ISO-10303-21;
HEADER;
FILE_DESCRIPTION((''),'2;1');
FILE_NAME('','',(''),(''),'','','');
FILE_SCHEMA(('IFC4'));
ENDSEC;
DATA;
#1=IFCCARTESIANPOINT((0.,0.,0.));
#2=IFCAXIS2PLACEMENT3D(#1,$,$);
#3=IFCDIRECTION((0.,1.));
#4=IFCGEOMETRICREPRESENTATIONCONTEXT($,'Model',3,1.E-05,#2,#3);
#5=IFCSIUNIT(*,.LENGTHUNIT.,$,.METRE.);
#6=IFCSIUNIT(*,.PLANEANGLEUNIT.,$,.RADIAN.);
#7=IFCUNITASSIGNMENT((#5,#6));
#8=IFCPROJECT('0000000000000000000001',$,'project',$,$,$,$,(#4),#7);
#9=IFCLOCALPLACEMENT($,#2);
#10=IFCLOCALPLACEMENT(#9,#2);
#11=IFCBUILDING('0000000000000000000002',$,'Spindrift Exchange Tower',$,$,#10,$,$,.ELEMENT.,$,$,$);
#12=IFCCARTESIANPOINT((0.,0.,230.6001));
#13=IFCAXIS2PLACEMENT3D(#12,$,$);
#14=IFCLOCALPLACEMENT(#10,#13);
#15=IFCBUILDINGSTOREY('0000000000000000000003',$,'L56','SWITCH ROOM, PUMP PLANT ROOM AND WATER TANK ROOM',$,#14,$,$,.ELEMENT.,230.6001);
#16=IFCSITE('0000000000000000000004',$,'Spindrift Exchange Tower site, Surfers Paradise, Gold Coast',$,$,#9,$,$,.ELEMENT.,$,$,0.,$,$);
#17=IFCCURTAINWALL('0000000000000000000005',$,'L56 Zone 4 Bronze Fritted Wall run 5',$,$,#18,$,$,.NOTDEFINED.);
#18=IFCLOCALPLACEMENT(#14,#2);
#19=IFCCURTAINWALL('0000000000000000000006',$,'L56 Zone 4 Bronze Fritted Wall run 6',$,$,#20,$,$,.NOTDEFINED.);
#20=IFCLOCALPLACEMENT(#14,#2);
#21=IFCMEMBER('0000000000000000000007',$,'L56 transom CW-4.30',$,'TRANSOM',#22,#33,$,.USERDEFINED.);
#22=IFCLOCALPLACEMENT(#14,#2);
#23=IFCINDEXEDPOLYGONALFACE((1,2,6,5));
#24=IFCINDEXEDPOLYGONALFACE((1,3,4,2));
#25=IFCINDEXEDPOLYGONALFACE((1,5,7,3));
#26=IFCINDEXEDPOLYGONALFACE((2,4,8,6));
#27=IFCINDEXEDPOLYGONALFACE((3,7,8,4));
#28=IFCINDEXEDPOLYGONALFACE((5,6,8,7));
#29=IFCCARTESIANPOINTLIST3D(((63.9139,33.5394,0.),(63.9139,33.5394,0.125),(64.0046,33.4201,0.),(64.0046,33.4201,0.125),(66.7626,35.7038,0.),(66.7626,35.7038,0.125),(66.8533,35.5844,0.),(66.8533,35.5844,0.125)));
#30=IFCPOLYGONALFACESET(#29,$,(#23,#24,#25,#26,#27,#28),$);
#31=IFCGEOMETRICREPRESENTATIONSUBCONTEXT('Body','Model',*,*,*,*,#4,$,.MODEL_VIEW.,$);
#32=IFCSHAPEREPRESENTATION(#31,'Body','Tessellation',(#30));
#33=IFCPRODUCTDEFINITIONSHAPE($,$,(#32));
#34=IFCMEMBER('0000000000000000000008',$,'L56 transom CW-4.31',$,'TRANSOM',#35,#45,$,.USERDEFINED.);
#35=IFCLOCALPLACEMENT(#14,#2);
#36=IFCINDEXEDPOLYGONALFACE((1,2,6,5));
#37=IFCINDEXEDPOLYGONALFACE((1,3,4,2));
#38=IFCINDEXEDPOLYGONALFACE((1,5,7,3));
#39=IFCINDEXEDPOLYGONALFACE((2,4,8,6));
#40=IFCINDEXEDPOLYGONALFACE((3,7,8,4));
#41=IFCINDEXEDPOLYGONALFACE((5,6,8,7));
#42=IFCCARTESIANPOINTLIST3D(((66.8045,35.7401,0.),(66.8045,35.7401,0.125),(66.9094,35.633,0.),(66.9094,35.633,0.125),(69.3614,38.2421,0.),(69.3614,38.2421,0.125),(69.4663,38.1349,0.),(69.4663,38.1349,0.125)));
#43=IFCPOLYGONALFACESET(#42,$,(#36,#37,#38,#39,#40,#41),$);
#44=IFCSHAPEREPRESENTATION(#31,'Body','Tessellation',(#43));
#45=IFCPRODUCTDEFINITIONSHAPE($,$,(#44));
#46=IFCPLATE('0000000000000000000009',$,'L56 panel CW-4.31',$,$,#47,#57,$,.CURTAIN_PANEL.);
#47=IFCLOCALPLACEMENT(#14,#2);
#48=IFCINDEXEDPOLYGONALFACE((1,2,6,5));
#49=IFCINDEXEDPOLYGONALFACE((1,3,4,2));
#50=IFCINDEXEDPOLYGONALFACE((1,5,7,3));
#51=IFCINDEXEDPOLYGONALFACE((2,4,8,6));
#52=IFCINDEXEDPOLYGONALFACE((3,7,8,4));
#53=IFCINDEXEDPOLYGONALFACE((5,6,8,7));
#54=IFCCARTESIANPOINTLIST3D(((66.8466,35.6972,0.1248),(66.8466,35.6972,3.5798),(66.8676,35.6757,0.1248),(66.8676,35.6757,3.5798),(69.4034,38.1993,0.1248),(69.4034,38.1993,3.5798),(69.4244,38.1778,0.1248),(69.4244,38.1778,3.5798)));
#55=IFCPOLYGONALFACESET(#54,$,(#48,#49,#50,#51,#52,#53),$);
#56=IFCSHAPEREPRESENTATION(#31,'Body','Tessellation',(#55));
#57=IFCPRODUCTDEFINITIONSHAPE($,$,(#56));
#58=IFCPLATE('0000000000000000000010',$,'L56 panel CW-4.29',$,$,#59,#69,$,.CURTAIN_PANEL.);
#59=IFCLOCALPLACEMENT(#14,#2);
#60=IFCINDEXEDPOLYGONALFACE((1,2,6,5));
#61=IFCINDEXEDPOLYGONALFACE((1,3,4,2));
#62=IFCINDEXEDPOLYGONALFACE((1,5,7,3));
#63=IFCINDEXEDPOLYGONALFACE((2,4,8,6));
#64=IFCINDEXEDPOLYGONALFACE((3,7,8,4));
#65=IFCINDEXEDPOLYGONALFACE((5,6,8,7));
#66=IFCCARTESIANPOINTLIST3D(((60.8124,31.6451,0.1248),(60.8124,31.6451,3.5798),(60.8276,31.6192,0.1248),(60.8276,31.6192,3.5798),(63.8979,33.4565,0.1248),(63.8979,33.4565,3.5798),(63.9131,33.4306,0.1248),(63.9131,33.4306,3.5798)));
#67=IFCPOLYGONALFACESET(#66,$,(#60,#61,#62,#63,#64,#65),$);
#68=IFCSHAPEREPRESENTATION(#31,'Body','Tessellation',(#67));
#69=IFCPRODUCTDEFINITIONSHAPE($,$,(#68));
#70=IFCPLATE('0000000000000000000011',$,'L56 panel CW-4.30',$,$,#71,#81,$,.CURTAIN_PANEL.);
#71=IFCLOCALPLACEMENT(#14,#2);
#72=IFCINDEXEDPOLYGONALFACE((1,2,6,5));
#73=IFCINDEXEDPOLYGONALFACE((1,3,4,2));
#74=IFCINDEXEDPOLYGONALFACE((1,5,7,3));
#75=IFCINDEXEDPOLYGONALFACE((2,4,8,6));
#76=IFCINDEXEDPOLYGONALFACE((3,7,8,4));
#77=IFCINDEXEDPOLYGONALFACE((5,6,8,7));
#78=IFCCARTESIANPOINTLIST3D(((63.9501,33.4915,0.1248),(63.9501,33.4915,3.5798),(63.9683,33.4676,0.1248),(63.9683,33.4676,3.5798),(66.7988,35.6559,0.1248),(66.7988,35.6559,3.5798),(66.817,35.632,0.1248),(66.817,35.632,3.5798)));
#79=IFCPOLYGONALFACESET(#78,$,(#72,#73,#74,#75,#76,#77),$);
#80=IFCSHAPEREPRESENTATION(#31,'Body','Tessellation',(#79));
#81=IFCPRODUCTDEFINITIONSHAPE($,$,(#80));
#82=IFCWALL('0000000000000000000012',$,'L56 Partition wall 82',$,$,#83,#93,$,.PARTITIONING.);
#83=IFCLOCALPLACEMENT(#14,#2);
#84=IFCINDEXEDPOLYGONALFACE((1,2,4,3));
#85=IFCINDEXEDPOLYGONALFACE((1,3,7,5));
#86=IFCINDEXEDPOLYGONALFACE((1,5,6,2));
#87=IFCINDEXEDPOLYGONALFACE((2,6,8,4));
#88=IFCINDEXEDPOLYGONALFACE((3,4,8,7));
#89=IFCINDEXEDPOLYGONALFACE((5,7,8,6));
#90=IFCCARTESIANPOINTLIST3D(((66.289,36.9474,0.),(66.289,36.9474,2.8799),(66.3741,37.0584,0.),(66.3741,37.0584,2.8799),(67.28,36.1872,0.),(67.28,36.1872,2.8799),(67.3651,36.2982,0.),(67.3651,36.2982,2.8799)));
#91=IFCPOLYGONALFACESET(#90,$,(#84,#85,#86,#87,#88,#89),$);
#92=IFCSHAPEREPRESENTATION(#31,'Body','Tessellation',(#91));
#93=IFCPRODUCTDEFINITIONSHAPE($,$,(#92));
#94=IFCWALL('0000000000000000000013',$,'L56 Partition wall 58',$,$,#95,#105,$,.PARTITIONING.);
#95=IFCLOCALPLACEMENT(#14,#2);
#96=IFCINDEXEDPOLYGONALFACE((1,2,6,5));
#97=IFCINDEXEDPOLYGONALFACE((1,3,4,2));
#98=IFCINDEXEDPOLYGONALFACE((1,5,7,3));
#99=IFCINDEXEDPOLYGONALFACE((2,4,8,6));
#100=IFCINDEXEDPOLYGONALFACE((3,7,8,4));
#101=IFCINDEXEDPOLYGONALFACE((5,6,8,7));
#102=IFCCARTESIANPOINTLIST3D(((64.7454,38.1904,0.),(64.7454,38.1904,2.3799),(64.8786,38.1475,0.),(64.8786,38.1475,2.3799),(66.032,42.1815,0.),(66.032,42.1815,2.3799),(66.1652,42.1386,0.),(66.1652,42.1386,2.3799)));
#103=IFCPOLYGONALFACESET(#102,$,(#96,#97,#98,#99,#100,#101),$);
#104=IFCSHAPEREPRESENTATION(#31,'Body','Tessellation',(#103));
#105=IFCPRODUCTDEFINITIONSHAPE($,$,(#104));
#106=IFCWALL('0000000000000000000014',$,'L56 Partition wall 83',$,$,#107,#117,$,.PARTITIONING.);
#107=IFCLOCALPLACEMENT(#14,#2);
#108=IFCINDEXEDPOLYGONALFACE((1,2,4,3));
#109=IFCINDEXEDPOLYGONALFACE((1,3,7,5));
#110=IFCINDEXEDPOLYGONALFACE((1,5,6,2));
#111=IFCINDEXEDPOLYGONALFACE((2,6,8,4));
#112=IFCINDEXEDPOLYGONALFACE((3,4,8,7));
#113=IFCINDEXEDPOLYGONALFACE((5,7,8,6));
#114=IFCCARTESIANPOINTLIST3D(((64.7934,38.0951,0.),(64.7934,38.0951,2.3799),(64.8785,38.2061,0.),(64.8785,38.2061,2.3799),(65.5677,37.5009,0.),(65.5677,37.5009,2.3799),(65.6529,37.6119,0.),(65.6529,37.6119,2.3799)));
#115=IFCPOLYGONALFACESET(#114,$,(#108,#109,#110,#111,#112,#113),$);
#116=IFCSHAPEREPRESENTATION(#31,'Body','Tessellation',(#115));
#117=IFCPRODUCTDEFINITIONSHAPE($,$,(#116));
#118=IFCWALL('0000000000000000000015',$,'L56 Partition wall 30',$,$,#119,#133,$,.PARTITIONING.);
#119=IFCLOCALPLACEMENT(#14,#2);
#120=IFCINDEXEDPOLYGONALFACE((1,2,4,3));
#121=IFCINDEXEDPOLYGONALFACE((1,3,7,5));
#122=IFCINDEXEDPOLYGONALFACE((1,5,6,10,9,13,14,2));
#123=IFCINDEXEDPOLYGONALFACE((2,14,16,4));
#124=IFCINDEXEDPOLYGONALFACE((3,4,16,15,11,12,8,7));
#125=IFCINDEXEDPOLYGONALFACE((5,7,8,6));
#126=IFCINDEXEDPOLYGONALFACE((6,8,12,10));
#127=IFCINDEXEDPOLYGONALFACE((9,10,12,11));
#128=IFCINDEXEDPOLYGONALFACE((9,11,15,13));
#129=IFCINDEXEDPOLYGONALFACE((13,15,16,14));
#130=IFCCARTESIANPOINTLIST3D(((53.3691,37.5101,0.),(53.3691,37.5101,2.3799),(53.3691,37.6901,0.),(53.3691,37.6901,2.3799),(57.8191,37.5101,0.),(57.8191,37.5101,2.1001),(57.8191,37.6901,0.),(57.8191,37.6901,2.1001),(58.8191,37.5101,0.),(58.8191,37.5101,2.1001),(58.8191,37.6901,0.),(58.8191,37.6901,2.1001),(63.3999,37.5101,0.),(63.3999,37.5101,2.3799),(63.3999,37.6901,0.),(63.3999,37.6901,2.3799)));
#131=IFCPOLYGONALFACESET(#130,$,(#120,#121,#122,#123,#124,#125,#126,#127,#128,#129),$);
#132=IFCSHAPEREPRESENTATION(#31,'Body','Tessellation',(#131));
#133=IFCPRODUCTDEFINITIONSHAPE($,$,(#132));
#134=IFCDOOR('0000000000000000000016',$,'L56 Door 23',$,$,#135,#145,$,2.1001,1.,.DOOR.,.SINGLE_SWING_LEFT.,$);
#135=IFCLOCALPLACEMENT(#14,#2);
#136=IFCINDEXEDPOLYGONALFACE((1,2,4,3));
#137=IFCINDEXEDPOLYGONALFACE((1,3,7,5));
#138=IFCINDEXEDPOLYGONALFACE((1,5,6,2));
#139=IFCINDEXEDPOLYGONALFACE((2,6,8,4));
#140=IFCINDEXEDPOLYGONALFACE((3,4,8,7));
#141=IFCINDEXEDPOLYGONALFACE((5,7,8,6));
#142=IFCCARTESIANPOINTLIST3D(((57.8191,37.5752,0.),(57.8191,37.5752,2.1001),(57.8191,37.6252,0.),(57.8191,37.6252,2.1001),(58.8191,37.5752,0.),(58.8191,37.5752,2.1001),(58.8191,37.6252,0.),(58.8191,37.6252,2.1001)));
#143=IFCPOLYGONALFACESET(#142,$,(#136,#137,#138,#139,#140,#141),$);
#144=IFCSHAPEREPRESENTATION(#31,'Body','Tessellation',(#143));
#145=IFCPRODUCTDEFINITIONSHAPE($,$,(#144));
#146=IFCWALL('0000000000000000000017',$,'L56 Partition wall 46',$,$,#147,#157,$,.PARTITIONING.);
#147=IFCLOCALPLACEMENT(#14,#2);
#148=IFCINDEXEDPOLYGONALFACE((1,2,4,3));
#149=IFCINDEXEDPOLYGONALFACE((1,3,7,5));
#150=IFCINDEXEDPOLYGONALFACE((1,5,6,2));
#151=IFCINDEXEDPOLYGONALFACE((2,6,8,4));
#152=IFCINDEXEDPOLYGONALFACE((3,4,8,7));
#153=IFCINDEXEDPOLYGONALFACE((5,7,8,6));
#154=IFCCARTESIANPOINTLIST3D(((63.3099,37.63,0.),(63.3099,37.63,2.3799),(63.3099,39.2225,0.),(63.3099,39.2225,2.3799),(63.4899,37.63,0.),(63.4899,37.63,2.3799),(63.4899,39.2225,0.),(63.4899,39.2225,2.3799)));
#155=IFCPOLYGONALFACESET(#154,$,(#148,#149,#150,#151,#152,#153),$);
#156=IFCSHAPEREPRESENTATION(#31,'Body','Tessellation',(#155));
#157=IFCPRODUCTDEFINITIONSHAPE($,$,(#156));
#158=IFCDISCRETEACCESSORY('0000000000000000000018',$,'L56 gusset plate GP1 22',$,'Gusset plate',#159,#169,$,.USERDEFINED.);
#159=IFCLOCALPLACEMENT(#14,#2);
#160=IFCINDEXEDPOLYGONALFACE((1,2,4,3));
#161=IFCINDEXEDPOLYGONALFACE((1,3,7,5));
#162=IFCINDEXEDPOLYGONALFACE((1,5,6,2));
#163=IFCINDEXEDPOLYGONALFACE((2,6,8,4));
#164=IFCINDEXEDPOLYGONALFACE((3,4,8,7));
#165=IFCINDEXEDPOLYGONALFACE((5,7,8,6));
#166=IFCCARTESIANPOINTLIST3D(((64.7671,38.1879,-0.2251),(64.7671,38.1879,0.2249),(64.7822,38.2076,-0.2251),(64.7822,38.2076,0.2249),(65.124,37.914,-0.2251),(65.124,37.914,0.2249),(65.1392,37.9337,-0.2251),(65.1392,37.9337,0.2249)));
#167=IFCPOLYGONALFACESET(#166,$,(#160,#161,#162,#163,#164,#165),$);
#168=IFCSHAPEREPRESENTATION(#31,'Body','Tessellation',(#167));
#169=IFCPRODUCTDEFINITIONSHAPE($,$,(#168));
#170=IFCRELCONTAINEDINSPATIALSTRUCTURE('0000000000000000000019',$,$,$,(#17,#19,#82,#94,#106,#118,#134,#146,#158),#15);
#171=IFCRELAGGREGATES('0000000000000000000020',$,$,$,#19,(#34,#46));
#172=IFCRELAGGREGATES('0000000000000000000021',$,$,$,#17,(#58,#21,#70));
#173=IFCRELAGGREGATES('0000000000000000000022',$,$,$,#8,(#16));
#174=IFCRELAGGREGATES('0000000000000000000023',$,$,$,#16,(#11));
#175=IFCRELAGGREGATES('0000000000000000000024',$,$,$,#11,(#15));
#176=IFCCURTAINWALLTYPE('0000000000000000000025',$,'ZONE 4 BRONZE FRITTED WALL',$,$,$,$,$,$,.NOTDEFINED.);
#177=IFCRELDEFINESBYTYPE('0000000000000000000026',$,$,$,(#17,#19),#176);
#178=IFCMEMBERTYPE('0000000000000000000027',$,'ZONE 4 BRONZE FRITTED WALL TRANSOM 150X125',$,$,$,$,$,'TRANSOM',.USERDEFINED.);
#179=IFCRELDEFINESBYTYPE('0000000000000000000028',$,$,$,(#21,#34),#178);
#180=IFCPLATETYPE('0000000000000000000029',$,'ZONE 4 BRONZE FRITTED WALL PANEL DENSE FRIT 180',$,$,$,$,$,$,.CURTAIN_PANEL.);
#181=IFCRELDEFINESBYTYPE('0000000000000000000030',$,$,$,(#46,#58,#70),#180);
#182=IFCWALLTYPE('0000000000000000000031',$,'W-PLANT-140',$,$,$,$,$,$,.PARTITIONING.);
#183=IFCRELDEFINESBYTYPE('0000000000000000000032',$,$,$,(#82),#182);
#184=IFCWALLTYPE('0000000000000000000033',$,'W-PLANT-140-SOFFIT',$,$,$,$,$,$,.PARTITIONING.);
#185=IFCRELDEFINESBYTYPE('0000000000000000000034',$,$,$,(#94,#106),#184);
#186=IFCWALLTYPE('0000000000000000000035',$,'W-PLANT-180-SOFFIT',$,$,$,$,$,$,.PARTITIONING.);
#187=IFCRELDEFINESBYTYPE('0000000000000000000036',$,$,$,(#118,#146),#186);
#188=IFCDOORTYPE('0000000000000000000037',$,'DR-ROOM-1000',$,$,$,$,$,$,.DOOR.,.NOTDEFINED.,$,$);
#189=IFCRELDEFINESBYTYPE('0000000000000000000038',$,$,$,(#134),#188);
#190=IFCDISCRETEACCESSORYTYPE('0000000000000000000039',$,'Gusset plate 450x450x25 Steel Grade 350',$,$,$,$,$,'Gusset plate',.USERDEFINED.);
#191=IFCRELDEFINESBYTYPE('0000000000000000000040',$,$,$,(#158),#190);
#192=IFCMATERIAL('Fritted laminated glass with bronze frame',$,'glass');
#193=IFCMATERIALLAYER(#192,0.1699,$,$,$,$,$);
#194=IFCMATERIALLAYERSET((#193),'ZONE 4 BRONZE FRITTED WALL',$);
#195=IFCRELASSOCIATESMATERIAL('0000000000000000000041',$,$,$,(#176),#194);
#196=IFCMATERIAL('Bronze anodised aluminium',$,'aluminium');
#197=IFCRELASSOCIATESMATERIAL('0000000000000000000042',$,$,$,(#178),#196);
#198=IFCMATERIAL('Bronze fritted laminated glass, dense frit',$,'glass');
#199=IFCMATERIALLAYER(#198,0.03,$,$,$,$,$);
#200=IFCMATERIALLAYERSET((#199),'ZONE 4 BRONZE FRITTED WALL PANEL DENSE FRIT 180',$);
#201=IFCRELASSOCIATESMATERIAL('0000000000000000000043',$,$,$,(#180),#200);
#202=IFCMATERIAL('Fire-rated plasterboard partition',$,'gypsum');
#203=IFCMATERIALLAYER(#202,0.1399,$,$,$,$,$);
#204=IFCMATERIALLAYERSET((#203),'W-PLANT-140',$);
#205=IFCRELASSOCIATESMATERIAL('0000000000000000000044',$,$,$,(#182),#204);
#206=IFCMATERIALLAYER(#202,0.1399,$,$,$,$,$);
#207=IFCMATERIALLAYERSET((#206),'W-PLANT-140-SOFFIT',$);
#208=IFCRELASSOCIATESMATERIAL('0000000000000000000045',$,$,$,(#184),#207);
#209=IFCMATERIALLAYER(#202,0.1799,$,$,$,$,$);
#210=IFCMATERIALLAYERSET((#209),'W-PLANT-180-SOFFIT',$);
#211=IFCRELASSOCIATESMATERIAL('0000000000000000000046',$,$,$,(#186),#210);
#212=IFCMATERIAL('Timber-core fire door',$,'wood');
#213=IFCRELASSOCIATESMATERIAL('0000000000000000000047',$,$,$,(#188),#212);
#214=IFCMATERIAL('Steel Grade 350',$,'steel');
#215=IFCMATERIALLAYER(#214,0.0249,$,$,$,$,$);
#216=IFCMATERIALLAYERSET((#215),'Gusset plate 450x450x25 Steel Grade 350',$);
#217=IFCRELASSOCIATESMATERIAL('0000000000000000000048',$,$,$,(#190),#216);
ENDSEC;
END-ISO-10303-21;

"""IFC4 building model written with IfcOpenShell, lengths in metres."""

from ifc_helpers import new_model, si_unit, direction, frame, frame_2d, origin, origin_2d, place, context, subcontext, project, spatial, rectangle, extrude, source, transform, mapped, material, layer, layer_set, material_profile, profile_set, type_object, element, fill, aggregate, save


model = new_model("IFC4")

# Units and contexts
model_context = context("Model", 3, precision=1e-05, world=origin(), true_north=direction((0.0, 1.0)))
body_context = subcontext(model_context, "Body", "Model", "MODEL_VIEW")
ifc_project = project(units=[si_unit("LENGTHUNIT", "METRE"), si_unit("PLANEANGLEUNIT", "RADIAN")], contexts=[model_context])

# Site, building, storey
site_placement = place(None, origin())
site = spatial("IfcSite", under=ifc_project, at=site_placement, Name="Spindrift Exchange Tower site, Surfers Paradise, Gold Coast", CompositionType="ELEMENT", RefElevation=0.0)
building_placement = place(site_placement, origin())
building = spatial("IfcBuilding", under=site, at=building_placement, Name="Spindrift Exchange Tower", CompositionType="ELEMENT")
storey_placement = place(building_placement, frame((0.0, 0.0, 230.6001)))
storey = spatial("IfcBuildingStorey", under=building, at=storey_placement, Name="L56", Description="SWITCH ROOM, PUMP PLANT ROOM AND WATER TANK ROOM", CompositionType="ELEMENT", Elevation=230.6001)

# Shared definitions
ifc_material_1 = material(Name="Steel Grade 350", Category="steel")

# Curtain walls
ifc_material_2 = material(Name="Fritted laminated glass with bronze frame", Category="glass")
ifc_layer_1 = layer(ifc_material_2, 0.1699)
ifc_layer_set_1 = layer_set([ifc_layer_1], Name="ZONE 4 BRONZE FRITTED WALL")
curtain_wall_type = type_object("IfcCurtainWallType", Name="ZONE 4 BRONZE FRITTED WALL", PredefinedType="NOTDEFINED", material=ifc_layer_set_1)
curtain_wall_1_placement = place(storey_placement, origin())
curtain_wall_1 = element("IfcCurtainWall", 1, at=curtain_wall_1_placement, inside=storey, type_object=curtain_wall_type, Name="L56 Zone 4 Bronze Fritted Wall run 5", PredefinedType="NOTDEFINED")
ifc_material_3 = material(Name="Bronze anodised aluminium", Category="aluminium")
curtain_wall_2_placement = place(storey_placement, origin())
curtain_wall_2 = element("IfcCurtainWall", 2, at=curtain_wall_2_placement, inside=storey, type_object=curtain_wall_type, Name="L56 Zone 4 Bronze Fritted Wall run 6", PredefinedType="NOTDEFINED")

# Members
ifc_material_profile_1 = material_profile(ifc_material_3, rectangle(XDim=0.1499, YDim=0.125, at=origin_2d()), Name="ZONE 4 BRONZE FRITTED WALL TRANSOM 150X125")
ifc_profile_set_1 = profile_set([ifc_material_profile_1], Name="Bronze anodised aluminium")
member_type_1 = type_object("IfcMemberType", Name="ZONE 4 BRONZE FRITTED WALL TRANSOM 150X125", ElementType="TRANSOM", PredefinedType="USERDEFINED", material=ifc_profile_set_1)
shared_shape_1 = source(origin(), body_context, "Body", "SweptSolid", [
    extrude(rectangle(XDim=0.1499, YDim=0.125, at=origin_2d()), origin(), (0.0, 0.0, 1.0), 3.5776),
])
member_1_placement = place(storey_placement, frame((63.9592, 33.4797, 0.0625), z_axis=(0.79625, 0.604967, 0.0), x_axis=(-0.604967, 0.79625, 0.0)))
member_1 = element("IfcMember", 3, at=member_1_placement, type_object=member_type_1, Name="L56 transom CW-4.30", ObjectType="TRANSOM", PredefinedType="USERDEFINED", context=body_context, shape_type="MappedRepresentation", body=[
    mapped(shared_shape_1, transform((0.0, 0.0, 0.0), scale=1.0)),
])
shared_shape_2 = source(origin(), body_context, "Body", "SweptSolid", [
    extrude(rectangle(XDim=0.1499, YDim=0.125, at=origin_2d()), origin(), (0.0, 0.0, 1.0), 3.5774),
])
member_2_placement = place(storey_placement, frame((66.8569, 35.6865, 0.0625), z_axis=(0.714743, 0.699387, 0.0), x_axis=(-0.699387, 0.714743, 0.0)))
member_2 = element("IfcMember", 4, at=member_2_placement, type_object=member_type_1, Name="L56 transom CW-4.31", ObjectType="TRANSOM", PredefinedType="USERDEFINED", context=body_context, shape_type="MappedRepresentation", body=[
    mapped(shared_shape_2, transform((0.0, 0.0, 0.0), scale=1.0)),
])

# Plates
ifc_material_4 = material(Name="Bronze fritted laminated glass, dense frit", Category="glass")
ifc_layer_2 = layer(ifc_material_4, 0.03)
ifc_layer_set_2 = layer_set([ifc_layer_2], Name="ZONE 4 BRONZE FRITTED WALL PANEL DENSE FRIT 180")
plate_type = type_object("IfcPlateType", Name="ZONE 4 BRONZE FRITTED WALL PANEL DENSE FRIT 180", PredefinedType="CURTAIN_PANEL", material=ifc_layer_set_2)
shared_shape_3 = source(origin(), body_context, "Body", "SweptSolid", [
    extrude(rectangle(XDim=3.5774, YDim=0.03, at=origin_2d()), origin(), (0.0, 0.0, 1.0), 3.4551),
])
plate_1_placement = place(storey_placement, frame((68.1355, 36.9375, 0.1248), z_axis=(0.0, 0.0, 1.0), x_axis=(0.714699, 0.699433, 0.0)))
plate_1 = element("IfcPlate", 5, at=plate_1_placement, type_object=plate_type, Name="L56 panel CW-4.31", PredefinedType="CURTAIN_PANEL", context=body_context, shape_type="MappedRepresentation", body=[
    mapped(shared_shape_3, transform((0.0, 0.0, 0.0), scale=1.0)),
])
aggregate(curtain_wall_2, [member_2, plate_1])
shared_shape_4 = source(origin(), body_context, "Body", "SweptSolid", [
    extrude(rectangle(XDim=3.5779, YDim=0.03, at=origin_2d()), origin(), (0.0, 0.0, 1.0), 3.4551),
])
plate_2_placement = place(storey_placement, frame((62.3628, 32.5378, 0.1248), z_axis=(0.0, 0.0, 1.0), x_axis=(0.862383, 0.506257, 0.0)))
plate_2 = element("IfcPlate", 6, at=plate_2_placement, type_object=plate_type, Name="L56 panel CW-4.29", PredefinedType="CURTAIN_PANEL", context=body_context, shape_type="MappedRepresentation", body=[
    mapped(shared_shape_4, transform((0.0, 0.0, 0.0), scale=1.0)),
])
shared_shape_5 = source(origin(), body_context, "Body", "SweptSolid", [
    extrude(rectangle(XDim=3.5776, YDim=0.03, at=origin_2d()), origin(), (0.0, 0.0, 1.0), 3.4551),
])
plate_3_placement = place(storey_placement, frame((65.3835, 34.5618, 0.1248), z_axis=(0.0, 0.0, 1.0), x_axis=(0.796242, 0.604979, 0.0)))
plate_3 = element("IfcPlate", 7, at=plate_3_placement, type_object=plate_type, Name="L56 panel CW-4.30", PredefinedType="CURTAIN_PANEL", context=body_context, shape_type="MappedRepresentation", body=[
    mapped(shared_shape_5, transform((0.0, 0.0, 0.0), scale=1.0)),
])
aggregate(curtain_wall_1, [plate_2, member_1, plate_3])

# Walls
ifc_material_5 = material(Name="Fire-rated plasterboard partition", Category="gypsum")
ifc_layer_3 = layer(ifc_material_5, 0.1399)
ifc_layer_set_3 = layer_set([ifc_layer_3], Name="W-PLANT-140")
wall_type_1 = type_object("IfcWallType", Name="W-PLANT-140", PredefinedType="PARTITIONING", material=ifc_layer_set_3)
wall_1_placement = place(storey_placement, frame((66.3315, 37.0029, 0.0), z_axis=(0.0, 0.0, 1.0), x_axis=(0.793408, -0.60869, 0.0)))
element("IfcWall", 8, at=wall_1_placement, inside=storey, type_object=wall_type_1, Name="L56 Partition wall 82", PredefinedType="PARTITIONING", context=body_context, shape_type="SweptSolid", body=[
    extrude(rectangle(XDim=1.249, YDim=0.1399, at=frame_2d((0.6245, 0.0))), origin(), (0.0, 0.0, 1.0), 2.8799),
])
ifc_layer_4 = layer(ifc_material_5, 0.1399)
ifc_layer_set_4 = layer_set([ifc_layer_4], Name="W-PLANT-140-SOFFIT")
wall_type_2 = type_object("IfcWallType", Name="W-PLANT-140-SOFFIT", PredefinedType="PARTITIONING", material=ifc_layer_set_4)
wall_2_placement = place(storey_placement, frame((64.812, 38.1689, 0.0), z_axis=(0.0, 0.0, 1.0), x_axis=(0.306816, 0.951769, 0.0)))
element("IfcWall", 9, at=wall_2_placement, inside=storey, type_object=wall_type_2, Name="L56 Partition wall 58", PredefinedType="PARTITIONING", context=body_context, shape_type="SweptSolid", body=[
    extrude(rectangle(XDim=4.1934, YDim=0.1399, at=frame_2d((2.0967, 0.0))), origin(), (0.0, 0.0, 1.0), 2.3799),
])
wall_3_placement = place(storey_placement, frame((64.8359, 38.1506, 0.0), z_axis=(0.0, 0.0, 1.0), x_axis=(0.793349, -0.608768, 0.0)))
element("IfcWall", 10, at=wall_3_placement, inside=storey, type_object=wall_type_2, Name="L56 Partition wall 83", PredefinedType="PARTITIONING", context=body_context, shape_type="SweptSolid", body=[
    extrude(rectangle(XDim=0.9761, YDim=0.1399, at=frame_2d((0.488, 0.0))), origin(), (0.0, 0.0, 1.0), 2.3799),
])

# Wall, opening, door
ifc_layer_5 = layer(ifc_material_5, 0.1799)
ifc_layer_set_5 = layer_set([ifc_layer_5], Name="W-PLANT-180-SOFFIT")
wall_type_3 = type_object("IfcWallType", Name="W-PLANT-180-SOFFIT", PredefinedType="PARTITIONING", material=ifc_layer_set_5)
wall_4_placement = place(storey_placement, frame((63.3999, 37.6001, 0.0), z_axis=(0.0, 0.0, 1.0), x_axis=(-1.0, 0.0, 0.0)))
wall_4 = element("IfcWall", 11, at=wall_4_placement, inside=storey, type_object=wall_type_3, Name="L56 Partition wall 30", PredefinedType="PARTITIONING", context=body_context, shape_type="SweptSolid", body=[
    extrude(rectangle(XDim=10.0308, YDim=0.1799, at=frame_2d((5.0154, 0.0))), origin(), (0.0, 0.0, 1.0), 2.3799),
])
opening_placement = place(wall_4_placement, frame((4.5808, 0.0, 0.0)))
opening = element("IfcOpeningElement", 12, at=opening_placement, cuts=wall_4, PredefinedType="OPENING", context=body_context, shape_type="SweptSolid", body=[
    extrude(rectangle(XDim=1.0, YDim=2.1001, at=frame_2d((0.5, 1.05))), frame((0.0, 0.0999, 0.0), z_axis=(0.0, -1.0, 0.0), x_axis=(1.0, 0.0, 0.0)), (0.0, 0.0, 1.0), 0.2),
])
ifc_material_6 = material(Name="Timber-core fire door", Category="wood")
door_type = type_object("IfcDoorType", Name="DR-ROOM-1000", OperationType="NOTDEFINED", PredefinedType="DOOR", material=ifc_material_6)
shared_shape_6 = source(origin(), body_context, "Body", "SweptSolid", [
    extrude(rectangle(XDim=1.0, YDim=2.1001, at=frame_2d((0.5, 1.05))), frame((0.0, 0.0249, 0.0), z_axis=(0.0, -1.0, 0.0), x_axis=(1.0, 0.0, 0.0)), (0.0, 0.0, 1.0), 0.05),
])
door_placement = place(opening_placement, origin())
door = element("IfcDoor", 13, at=door_placement, inside=storey, type_object=door_type, Name="L56 Door 23", OperationType="SINGLE_SWING_LEFT", OverallHeight=2.1001, OverallWidth=1.0, PredefinedType="DOOR", context=body_context, shape_type="MappedRepresentation", body=[
    mapped(shared_shape_6, transform((0.0, 0.0, 0.0), scale=1.0)),
])
fill(opening, door)

# Wall
wall_5_placement = place(storey_placement, frame((63.3999, 37.6299, 0.0), z_axis=(0.0, 0.0, 1.0), x_axis=(0.0, 1.0, 0.0)))
element("IfcWall", 14, at=wall_5_placement, inside=storey, type_object=wall_type_3, Name="L56 Partition wall 46", PredefinedType="PARTITIONING", context=body_context, shape_type="SweptSolid", body=[
    extrude(rectangle(XDim=1.5925, YDim=0.1799, at=frame_2d((0.7964, 0.0))), origin(), (0.0, 0.0, 1.0), 2.3799),
])

# Discrete accessory
ifc_layer_6 = layer(ifc_material_1, 0.0249)
ifc_layer_set_6 = layer_set([ifc_layer_6], Name="Gusset plate 450x450x25 Steel Grade 350")
discrete_accessory_type_1 = type_object("IfcDiscreteAccessoryType", Name="Gusset plate 450x450x25 Steel Grade 350", ElementType="Gusset plate", PredefinedType="USERDEFINED", material=ifc_layer_set_6)
shared_shape_7 = source(origin(), body_context, "Body", "SweptSolid", [
    extrude(rectangle(XDim=0.45, YDim=0.0249, at=origin_2d()), origin(), (0.0, 0.0, 1.0), 0.45),
])
for number, where, z_axis, x_axis, name in (
    (15, (64.9531, 38.0608, -0.2251), (0.0, 0.0, 1.0), (0.793353, -0.608761, 0.0), "L56 gusset plate GP1 22"),
):
    element("IfcDiscreteAccessory", number, at=place(storey_placement, frame(where, z_axis=z_axis, x_axis=x_axis)), inside=storey, type_object=discrete_accessory_type_1, Name=name, ObjectType="Gusset plate", PredefinedType="USERDEFINED", context=body_context, shape_type="MappedRepresentation", body=[
        mapped(shared_shape_7, transform((0.0, 0.0, 0.0), scale=1.0)),
    ])

save(model, "model.ifc")
